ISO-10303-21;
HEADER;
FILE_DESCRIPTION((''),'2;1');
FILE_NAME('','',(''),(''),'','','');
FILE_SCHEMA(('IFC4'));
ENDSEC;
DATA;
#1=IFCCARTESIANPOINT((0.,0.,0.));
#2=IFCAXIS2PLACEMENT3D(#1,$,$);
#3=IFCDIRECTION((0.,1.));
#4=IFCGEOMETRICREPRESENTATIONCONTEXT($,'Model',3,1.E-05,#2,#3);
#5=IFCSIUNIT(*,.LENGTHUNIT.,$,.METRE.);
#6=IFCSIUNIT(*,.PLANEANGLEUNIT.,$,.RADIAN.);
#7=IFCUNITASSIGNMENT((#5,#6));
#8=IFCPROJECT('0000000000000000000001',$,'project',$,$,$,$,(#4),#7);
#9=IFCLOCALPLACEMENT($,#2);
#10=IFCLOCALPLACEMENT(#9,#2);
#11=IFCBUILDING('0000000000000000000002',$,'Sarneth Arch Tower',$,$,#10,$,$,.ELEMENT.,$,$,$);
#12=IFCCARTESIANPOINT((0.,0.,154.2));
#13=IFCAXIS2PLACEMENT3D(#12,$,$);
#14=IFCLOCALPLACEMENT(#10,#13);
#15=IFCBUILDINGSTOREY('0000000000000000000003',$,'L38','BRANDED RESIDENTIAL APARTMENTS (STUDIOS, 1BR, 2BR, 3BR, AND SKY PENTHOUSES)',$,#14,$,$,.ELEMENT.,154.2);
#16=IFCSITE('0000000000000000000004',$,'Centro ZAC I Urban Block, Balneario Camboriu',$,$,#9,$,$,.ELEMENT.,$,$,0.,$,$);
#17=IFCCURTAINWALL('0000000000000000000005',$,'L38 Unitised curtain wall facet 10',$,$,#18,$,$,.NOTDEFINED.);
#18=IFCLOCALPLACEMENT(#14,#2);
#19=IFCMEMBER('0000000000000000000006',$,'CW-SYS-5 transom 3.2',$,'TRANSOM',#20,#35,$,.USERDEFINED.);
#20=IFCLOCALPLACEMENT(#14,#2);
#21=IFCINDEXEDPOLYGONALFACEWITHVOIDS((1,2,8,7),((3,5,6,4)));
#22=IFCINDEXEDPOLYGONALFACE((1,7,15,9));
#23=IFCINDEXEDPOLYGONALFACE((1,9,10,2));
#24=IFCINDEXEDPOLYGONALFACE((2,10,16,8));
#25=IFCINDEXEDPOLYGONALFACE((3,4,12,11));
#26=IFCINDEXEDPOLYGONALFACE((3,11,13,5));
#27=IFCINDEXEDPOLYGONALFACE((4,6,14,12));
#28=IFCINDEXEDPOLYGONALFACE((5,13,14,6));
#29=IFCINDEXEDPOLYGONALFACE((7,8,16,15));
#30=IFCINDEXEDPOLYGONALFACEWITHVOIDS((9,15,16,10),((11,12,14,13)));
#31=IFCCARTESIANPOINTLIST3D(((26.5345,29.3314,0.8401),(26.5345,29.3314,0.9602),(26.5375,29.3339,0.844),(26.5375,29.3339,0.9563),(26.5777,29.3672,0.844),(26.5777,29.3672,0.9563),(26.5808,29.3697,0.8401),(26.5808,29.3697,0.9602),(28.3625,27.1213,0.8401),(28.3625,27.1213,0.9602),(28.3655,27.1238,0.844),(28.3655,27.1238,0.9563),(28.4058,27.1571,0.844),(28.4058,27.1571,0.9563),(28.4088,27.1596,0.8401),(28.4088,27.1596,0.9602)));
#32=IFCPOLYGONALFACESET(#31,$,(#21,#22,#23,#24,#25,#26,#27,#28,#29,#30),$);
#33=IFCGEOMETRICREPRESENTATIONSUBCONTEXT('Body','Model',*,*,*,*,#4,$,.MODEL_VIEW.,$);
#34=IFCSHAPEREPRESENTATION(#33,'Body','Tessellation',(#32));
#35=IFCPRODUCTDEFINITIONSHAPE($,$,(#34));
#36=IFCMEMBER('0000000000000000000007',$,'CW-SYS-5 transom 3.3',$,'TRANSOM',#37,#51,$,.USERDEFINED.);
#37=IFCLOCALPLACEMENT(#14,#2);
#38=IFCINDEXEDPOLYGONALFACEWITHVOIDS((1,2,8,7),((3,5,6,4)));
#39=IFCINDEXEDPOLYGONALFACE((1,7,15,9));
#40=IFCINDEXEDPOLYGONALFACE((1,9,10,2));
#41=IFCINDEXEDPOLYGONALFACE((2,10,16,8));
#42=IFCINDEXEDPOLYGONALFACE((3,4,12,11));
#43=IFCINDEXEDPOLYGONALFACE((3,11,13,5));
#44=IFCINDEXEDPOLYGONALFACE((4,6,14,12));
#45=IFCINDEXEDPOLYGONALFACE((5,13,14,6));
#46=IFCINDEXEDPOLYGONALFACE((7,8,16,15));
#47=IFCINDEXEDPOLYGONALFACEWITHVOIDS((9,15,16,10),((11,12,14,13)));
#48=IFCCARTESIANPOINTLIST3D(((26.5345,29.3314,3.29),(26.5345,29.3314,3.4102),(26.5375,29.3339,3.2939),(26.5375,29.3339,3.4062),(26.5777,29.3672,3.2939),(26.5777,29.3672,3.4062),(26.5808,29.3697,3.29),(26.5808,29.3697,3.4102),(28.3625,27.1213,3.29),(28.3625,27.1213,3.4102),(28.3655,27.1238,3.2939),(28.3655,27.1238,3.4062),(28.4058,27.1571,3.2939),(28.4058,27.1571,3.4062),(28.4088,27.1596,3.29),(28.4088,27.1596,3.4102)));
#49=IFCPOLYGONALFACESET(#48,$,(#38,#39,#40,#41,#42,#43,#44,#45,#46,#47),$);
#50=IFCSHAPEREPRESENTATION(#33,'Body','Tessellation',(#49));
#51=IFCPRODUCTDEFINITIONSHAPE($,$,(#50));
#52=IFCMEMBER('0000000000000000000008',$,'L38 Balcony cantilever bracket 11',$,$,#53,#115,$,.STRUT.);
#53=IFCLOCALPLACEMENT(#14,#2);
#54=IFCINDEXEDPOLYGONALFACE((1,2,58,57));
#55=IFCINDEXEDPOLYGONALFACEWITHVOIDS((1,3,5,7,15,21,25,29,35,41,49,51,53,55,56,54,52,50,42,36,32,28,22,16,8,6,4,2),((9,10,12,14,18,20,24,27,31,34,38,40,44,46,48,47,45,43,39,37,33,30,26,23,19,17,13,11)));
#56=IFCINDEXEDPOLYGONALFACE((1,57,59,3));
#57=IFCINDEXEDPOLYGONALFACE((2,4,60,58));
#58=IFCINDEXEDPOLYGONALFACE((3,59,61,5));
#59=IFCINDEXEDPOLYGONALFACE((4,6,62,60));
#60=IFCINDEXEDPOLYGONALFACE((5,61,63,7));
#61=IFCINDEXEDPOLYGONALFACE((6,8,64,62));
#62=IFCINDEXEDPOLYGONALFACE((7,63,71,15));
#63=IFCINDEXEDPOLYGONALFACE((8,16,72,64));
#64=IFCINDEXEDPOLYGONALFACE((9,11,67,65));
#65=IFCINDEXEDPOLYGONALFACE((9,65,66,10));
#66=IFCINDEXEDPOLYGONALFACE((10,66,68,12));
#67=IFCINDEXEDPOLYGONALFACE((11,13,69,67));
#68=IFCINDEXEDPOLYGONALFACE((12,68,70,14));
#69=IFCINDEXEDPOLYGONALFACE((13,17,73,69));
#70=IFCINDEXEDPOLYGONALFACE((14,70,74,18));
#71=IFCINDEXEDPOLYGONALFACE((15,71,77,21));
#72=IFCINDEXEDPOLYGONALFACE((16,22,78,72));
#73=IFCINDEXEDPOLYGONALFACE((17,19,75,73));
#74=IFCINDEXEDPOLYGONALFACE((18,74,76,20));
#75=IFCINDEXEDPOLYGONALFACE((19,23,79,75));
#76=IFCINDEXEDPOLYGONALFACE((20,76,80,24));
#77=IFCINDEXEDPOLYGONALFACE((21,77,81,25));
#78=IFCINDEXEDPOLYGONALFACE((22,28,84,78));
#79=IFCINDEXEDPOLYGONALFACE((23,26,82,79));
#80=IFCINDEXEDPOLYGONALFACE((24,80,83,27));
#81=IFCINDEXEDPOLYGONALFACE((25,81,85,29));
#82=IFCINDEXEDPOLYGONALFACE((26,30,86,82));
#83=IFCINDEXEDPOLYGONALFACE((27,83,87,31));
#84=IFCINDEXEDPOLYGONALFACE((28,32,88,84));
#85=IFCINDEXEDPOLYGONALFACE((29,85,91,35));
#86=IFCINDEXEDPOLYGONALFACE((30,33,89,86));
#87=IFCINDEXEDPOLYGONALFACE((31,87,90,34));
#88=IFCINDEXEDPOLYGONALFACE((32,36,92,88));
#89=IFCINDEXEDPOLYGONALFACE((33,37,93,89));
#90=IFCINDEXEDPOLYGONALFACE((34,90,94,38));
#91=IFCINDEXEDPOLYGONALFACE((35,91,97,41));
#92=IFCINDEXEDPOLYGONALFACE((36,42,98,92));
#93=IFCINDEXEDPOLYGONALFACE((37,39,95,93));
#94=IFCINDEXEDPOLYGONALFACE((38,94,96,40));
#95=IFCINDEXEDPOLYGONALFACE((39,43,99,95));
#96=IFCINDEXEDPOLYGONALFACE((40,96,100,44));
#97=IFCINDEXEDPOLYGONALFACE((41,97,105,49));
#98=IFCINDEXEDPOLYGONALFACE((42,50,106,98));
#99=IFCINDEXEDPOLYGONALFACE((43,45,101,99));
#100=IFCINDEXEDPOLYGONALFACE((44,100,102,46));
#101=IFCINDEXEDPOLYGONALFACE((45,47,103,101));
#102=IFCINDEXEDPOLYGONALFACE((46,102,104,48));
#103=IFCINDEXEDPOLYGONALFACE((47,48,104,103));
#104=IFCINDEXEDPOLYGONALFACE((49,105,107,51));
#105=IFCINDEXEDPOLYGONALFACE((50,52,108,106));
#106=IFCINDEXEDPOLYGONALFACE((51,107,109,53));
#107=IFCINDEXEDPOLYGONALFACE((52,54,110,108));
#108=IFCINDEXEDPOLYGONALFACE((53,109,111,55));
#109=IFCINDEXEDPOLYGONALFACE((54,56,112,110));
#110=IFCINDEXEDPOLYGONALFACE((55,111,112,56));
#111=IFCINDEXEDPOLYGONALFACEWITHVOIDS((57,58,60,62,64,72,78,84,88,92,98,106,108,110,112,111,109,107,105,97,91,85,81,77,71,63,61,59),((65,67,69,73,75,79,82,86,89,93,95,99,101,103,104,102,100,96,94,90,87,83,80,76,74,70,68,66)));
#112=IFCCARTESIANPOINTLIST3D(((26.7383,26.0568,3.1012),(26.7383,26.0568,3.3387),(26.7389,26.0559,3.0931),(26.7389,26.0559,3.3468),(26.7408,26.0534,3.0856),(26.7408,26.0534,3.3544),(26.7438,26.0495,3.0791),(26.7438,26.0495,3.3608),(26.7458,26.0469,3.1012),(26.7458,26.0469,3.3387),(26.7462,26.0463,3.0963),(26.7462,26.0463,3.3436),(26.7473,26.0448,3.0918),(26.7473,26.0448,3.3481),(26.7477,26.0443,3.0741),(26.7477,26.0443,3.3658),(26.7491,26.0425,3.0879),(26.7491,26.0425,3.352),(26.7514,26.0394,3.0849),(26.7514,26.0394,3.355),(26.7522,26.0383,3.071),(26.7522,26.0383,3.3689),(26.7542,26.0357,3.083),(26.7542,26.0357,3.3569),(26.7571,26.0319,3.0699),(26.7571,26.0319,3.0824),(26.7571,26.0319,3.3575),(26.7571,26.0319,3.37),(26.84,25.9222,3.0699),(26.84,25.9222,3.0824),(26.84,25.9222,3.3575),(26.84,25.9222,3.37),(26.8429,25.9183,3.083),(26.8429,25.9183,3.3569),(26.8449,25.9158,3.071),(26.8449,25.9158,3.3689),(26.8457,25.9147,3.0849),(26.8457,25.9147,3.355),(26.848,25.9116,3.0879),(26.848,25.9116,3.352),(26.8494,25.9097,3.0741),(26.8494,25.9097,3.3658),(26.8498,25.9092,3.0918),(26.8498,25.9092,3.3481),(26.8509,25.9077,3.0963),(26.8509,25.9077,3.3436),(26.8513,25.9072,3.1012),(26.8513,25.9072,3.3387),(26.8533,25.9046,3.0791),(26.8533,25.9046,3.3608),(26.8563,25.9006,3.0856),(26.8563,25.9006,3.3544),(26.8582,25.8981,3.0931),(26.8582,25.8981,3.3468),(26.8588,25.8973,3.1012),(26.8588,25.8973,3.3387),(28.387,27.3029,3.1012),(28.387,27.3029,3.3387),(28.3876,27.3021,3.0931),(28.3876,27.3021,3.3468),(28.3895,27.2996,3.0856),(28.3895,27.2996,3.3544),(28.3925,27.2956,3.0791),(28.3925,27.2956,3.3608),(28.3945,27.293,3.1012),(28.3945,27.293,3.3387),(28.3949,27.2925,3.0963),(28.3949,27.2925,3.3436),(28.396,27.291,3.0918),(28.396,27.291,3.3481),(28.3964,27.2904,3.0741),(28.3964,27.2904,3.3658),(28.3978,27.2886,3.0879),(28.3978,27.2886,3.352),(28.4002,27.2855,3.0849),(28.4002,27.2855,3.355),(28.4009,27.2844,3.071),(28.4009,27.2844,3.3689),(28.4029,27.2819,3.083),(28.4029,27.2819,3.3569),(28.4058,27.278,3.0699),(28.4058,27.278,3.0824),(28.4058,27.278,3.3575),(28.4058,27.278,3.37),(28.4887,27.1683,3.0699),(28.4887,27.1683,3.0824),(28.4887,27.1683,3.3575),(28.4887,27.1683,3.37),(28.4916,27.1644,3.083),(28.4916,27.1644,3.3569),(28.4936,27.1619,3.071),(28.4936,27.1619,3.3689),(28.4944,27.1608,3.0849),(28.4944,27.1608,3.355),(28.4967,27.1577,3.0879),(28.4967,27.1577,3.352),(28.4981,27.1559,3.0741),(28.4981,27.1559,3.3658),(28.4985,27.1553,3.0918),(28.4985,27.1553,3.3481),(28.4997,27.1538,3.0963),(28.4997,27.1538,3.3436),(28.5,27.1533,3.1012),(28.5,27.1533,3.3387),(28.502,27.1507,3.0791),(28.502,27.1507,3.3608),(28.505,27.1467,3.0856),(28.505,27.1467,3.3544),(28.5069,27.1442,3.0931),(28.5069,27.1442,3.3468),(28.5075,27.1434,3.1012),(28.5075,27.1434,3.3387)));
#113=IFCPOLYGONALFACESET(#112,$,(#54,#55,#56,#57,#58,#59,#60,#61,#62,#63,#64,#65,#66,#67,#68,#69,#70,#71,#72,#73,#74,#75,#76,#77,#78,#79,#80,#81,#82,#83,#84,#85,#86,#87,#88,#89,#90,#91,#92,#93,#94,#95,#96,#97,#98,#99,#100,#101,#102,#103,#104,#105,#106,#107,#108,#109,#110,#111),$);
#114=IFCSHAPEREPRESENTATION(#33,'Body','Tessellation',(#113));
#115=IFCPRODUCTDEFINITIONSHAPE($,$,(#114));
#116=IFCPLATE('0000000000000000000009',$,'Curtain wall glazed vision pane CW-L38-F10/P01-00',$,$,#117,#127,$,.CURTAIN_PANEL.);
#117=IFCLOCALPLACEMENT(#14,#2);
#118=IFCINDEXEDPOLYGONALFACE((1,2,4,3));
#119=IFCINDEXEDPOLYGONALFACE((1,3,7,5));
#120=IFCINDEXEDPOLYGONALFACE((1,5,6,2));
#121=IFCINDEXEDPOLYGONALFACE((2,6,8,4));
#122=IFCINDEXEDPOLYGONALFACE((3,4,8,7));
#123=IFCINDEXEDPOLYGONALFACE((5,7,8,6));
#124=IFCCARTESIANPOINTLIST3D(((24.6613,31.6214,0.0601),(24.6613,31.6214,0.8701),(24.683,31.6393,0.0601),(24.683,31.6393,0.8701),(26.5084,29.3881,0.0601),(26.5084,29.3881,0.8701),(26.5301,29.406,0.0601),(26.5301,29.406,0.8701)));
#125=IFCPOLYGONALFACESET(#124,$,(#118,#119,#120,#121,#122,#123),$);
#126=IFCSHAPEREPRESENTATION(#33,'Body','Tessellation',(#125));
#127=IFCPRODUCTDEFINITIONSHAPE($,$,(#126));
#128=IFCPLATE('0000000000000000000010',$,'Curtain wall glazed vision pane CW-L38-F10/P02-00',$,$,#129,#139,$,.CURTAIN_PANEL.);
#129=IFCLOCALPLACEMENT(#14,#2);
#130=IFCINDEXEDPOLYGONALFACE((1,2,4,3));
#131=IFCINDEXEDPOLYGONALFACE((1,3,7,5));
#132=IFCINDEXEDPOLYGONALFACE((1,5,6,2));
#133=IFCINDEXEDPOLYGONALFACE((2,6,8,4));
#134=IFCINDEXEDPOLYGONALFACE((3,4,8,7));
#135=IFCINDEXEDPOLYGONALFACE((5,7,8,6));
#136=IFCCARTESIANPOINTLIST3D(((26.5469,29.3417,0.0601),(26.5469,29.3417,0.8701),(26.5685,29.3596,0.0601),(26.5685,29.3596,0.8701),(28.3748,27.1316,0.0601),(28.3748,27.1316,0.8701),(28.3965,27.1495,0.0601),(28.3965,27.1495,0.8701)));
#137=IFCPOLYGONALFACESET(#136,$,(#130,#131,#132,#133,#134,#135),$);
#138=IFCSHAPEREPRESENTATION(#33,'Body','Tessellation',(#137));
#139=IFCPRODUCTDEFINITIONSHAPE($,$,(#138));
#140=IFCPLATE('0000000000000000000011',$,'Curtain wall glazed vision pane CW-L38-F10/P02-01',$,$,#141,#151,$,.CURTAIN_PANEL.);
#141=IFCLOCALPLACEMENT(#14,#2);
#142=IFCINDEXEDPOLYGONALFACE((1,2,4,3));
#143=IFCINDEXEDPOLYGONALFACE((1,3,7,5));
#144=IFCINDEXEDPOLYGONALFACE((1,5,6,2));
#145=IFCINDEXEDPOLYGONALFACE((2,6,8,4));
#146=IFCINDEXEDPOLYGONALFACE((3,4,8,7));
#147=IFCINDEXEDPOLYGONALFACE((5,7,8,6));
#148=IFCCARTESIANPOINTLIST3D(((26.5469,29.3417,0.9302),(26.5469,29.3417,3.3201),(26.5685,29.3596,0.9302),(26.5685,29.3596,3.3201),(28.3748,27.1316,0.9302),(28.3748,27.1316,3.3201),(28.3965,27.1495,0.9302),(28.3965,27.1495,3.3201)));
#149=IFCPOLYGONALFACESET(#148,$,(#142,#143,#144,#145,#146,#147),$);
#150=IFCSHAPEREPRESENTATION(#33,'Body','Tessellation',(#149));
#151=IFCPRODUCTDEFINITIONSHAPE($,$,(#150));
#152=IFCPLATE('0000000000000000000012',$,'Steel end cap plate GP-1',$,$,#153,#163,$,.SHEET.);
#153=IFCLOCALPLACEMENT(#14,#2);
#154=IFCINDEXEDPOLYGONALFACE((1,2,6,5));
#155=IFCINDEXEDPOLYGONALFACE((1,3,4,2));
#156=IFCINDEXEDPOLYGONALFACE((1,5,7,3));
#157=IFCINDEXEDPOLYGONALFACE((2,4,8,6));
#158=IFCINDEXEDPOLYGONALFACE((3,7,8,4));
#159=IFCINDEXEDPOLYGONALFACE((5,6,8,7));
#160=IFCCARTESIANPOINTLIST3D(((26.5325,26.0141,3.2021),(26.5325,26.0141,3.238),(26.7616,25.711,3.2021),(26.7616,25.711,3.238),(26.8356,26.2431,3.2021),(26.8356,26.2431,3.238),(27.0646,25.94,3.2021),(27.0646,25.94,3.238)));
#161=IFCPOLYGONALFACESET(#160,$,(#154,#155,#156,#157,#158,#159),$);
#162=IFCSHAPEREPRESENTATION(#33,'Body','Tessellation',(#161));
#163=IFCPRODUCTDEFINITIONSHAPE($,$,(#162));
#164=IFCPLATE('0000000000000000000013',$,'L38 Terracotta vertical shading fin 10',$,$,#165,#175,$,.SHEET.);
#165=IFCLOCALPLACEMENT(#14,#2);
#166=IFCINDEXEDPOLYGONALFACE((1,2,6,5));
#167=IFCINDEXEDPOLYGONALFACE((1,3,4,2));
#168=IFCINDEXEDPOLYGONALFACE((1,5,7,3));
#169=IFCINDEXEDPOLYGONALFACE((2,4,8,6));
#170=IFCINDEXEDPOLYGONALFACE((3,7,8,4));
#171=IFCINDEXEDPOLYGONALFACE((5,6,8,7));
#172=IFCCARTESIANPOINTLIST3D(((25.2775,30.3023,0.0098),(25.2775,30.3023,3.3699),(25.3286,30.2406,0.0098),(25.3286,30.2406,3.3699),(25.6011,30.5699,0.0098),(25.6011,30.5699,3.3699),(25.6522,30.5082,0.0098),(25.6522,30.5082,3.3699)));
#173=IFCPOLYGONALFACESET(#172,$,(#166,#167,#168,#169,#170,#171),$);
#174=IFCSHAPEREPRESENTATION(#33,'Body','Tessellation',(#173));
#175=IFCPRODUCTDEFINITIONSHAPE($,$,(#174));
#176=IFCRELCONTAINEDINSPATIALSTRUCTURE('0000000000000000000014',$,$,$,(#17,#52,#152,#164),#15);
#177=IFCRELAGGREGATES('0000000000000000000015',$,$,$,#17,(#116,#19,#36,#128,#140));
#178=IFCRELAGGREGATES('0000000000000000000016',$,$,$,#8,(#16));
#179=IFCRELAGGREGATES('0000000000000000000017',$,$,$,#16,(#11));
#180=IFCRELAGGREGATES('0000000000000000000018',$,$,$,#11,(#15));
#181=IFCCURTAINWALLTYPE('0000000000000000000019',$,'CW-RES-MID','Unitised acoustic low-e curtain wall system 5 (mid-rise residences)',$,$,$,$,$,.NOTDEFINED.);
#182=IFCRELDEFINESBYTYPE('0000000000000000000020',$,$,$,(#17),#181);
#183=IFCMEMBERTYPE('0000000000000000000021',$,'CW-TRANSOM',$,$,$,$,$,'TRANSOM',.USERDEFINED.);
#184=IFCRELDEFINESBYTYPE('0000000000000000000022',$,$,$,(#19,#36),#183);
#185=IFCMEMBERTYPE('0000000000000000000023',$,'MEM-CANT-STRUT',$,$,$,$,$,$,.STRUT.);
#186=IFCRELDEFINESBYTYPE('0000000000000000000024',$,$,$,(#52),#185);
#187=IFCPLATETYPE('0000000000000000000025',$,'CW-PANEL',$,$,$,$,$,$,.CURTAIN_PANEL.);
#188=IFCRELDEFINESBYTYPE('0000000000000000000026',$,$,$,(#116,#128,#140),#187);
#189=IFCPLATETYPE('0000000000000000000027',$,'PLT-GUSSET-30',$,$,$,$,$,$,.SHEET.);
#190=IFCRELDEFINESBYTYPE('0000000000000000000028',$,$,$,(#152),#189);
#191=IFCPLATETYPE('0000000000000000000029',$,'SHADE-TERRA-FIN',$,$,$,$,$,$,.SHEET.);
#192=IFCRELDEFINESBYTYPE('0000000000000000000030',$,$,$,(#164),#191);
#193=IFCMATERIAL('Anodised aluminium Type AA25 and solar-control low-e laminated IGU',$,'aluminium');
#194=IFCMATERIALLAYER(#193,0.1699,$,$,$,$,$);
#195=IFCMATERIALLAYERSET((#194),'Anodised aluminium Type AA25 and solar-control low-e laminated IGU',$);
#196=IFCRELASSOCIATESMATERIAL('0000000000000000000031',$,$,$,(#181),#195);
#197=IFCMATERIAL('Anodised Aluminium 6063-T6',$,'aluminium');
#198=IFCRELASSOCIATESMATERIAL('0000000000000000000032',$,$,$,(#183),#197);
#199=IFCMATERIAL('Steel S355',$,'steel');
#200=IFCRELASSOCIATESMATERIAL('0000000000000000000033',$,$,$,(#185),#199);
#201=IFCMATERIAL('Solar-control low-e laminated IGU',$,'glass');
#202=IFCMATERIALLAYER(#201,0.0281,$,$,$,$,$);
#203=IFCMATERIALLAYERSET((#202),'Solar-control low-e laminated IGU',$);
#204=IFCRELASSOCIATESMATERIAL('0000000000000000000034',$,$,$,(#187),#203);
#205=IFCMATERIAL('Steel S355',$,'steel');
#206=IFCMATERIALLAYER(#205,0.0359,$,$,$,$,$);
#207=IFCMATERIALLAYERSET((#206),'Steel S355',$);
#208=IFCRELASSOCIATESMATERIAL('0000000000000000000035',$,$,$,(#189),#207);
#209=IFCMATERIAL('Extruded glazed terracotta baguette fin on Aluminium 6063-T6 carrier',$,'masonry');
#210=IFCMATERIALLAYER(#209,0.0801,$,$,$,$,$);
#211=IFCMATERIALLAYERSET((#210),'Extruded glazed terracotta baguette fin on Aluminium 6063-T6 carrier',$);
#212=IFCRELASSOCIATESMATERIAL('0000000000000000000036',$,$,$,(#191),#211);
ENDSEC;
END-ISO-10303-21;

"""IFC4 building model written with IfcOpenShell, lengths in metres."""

from ifc_helpers import new_model, si_unit, direction, frame, origin, origin_2d, place, context, subcontext, project, spatial, rectangle, hollow_rectangle, extrude, material, layer, layer_set, material_profile, profile_set, type_object, element, aggregate, save


model = new_model("IFC4")

# Units and contexts
model_context = context("Model", 3, precision=1e-05, world=origin(), true_north=direction((0.0, 1.0)))
body_context = subcontext(model_context, "Body", "Model", "MODEL_VIEW")
ifc_project = project(units=[si_unit("LENGTHUNIT", "METRE"), si_unit("PLANEANGLEUNIT", "RADIAN")], contexts=[model_context])

# Site, building, storey
site_placement = place(None, origin())
site = spatial("IfcSite", under=ifc_project, at=site_placement, Name="Centro ZAC I Urban Block, Balneario Camboriu", CompositionType="ELEMENT", RefElevation=0.0)
building_placement = place(site_placement, origin())
building = spatial("IfcBuilding", under=site, at=building_placement, Name="Sarneth Arch Tower", CompositionType="ELEMENT")
storey_placement = place(building_placement, frame((0.0, 0.0, 154.2)))
storey = spatial("IfcBuildingStorey", under=building, at=storey_placement, Name="L38", Description="BRANDED RESIDENTIAL APARTMENTS (STUDIOS, 1BR, 2BR, 3BR, AND SKY PENTHOUSES)", CompositionType="ELEMENT", Elevation=154.2)

# Curtain wall, members
ifc_material_1 = material(Name="Anodised aluminium Type AA25 and solar-control low-e laminated IGU", Category="aluminium")
ifc_layer_1 = layer(ifc_material_1, 0.1699)
ifc_layer_set_1 = layer_set([ifc_layer_1], Name="Anodised aluminium Type AA25 and solar-control low-e laminated IGU")
curtain_wall_type = type_object("IfcCurtainWallType", Name="CW-RES-MID", Description="Unitised acoustic low-e curtain wall system 5 (mid-rise residences)", PredefinedType="NOTDEFINED", material=ifc_layer_set_1)
curtain_wall_placement = place(storey_placement, origin())
curtain_wall = element("IfcCurtainWall", 1, at=curtain_wall_placement, inside=storey, type_object=curtain_wall_type, Name="L38 Unitised curtain wall facet 10", PredefinedType="NOTDEFINED")
ifc_material_2 = material(Name="Anodised Aluminium 6063-T6", Category="aluminium")
ifc_material_profile_1 = material_profile(ifc_material_2, hollow_rectangle(XDim=0.0601, YDim=0.1201, WallThickness=0.0039, at=origin_2d()), Name="AL-TRAN-120x60x4")
ifc_profile_set_1 = profile_set([ifc_material_profile_1], Name="Anodised Aluminium 6063-T6")
member_type_1 = type_object("IfcMemberType", Name="CW-TRANSOM", ElementType="TRANSOM", PredefinedType="USERDEFINED", material=ifc_profile_set_1)
member_1_placement = place(storey_placement, frame((26.5576, 29.3506, 0.9001), z_axis=(0.637359, -0.770567, 0.0), x_axis=(0.770567, 0.637359, 0.0)))
member_1 = element("IfcMember", 2, at=member_1_placement, type_object=member_type_1, Name="CW-SYS-5 transom 3.2", ObjectType="TRANSOM", PredefinedType="USERDEFINED", context=body_context, shape_type="SweptSolid", body=[
    extrude(hollow_rectangle(XDim=0.0601, YDim=0.1201, WallThickness=0.0039, at=origin_2d()), origin(), (0.0, 0.0, 1.0), 2.8682),
])
member_2_placement = place(storey_placement, frame((26.5576, 29.3506, 3.3501), z_axis=(0.637359, -0.770567, 0.0), x_axis=(0.770567, 0.637359, 0.0)))
member_2 = element("IfcMember", 3, at=member_2_placement, type_object=member_type_1, Name="CW-SYS-5 transom 3.3", ObjectType="TRANSOM", PredefinedType="USERDEFINED", context=body_context, shape_type="SweptSolid", body=[
    extrude(hollow_rectangle(XDim=0.0601, YDim=0.1201, WallThickness=0.0039, at=origin_2d()), origin(), (0.0, 0.0, 1.0), 2.8682),
])

# Member
ifc_material_3 = material(Name="Steel S355", Category="steel")
ifc_material_profile_2 = material_profile(ifc_material_3, hollow_rectangle(XDim=0.2, YDim=0.3, WallThickness=0.0125, InnerFilletRadius=0.0188, OuterFilletRadius=0.0312, at=origin_2d()), Name="RHS300x200x12.5")
ifc_profile_set_2 = profile_set([ifc_material_profile_2], Name="Steel S355")
member_type_2 = type_object("IfcMemberType", Name="MEM-CANT-STRUT", PredefinedType="STRUT", material=ifc_profile_set_2)
member_3_placement = place(storey_placement, frame((28.4473, 27.2231, 3.22), z_axis=(-0.797769, -0.602963, 0.0), x_axis=(0.602963, -0.797769, 0.0)))
element("IfcMember", 4, at=member_3_placement, inside=storey, type_object=member_type_2, Name="L38 Balcony cantilever bracket 11", PredefinedType="STRUT", context=body_context, shape_type="SweptSolid", body=[
    extrude(hollow_rectangle(XDim=0.2, YDim=0.3, WallThickness=0.0125, InnerFilletRadius=0.0188, OuterFilletRadius=0.0312, at=origin_2d()), origin(), (0.0, 0.0, 1.0), 2.0667),
])

# Plates
ifc_material_4 = material(Name="Solar-control low-e laminated IGU", Category="glass")
ifc_layer_2 = layer(ifc_material_4, 0.0281)
ifc_layer_set_2 = layer_set([ifc_layer_2], Name="Solar-control low-e laminated IGU")
plate_type_1 = type_object("IfcPlateType", Name="CW-PANEL", PredefinedType="CURTAIN_PANEL", material=ifc_layer_set_2)
plate_1_placement = place(storey_placement, frame((25.5957, 30.5137, 0.0601), z_axis=(0.0, 0.0, 1.0), x_axis=(0.63733, -0.770591, 0.0)))
plate_1 = element("IfcPlate", 5, at=plate_1_placement, type_object=plate_type_1, Name="Curtain wall glazed vision pane CW-L38-F10/P01-00", PredefinedType="CURTAIN_PANEL", context=body_context, shape_type="SweptSolid", body=[
    extrude(rectangle(XDim=2.8982, YDim=0.0281, at=origin_2d()), origin(), (0.0, 0.0, 1.0), 0.8101),
])
plate_2_placement = place(storey_placement, frame((27.4717, 28.2456, 0.0601), z_axis=(0.0, 0.0, 1.0), x_axis=(0.63733, -0.770591, 0.0)))
plate_2 = element("IfcPlate", 6, at=plate_2_placement, type_object=plate_type_1, Name="Curtain wall glazed vision pane CW-L38-F10/P02-00", PredefinedType="CURTAIN_PANEL", context=body_context, shape_type="SweptSolid", body=[
    extrude(rectangle(XDim=2.8682, YDim=0.0281, at=origin_2d()), origin(), (0.0, 0.0, 1.0), 0.8101),
])
plate_3_placement = place(storey_placement, frame((27.4717, 28.2456, 0.9302), z_axis=(0.0, 0.0, 1.0), x_axis=(0.63733, -0.770591, 0.0)))
plate_3 = element("IfcPlate", 7, at=plate_3_placement, type_object=plate_type_1, Name="Curtain wall glazed vision pane CW-L38-F10/P02-01", PredefinedType="CURTAIN_PANEL", context=body_context, shape_type="SweptSolid", body=[
    extrude(rectangle(XDim=2.8682, YDim=0.0281, at=origin_2d()), origin(), (0.0, 0.0, 1.0), 2.3899),
])
aggregate(curtain_wall, [plate_1, member_1, member_2, plate_2, plate_3])

# Plates
ifc_material_5 = material(Name="Steel S355", Category="steel")
ifc_layer_3 = layer(ifc_material_5, 0.0359)
ifc_layer_set_3 = layer_set([ifc_layer_3], Name="Steel S355")
plate_type_2 = type_object("IfcPlateType", Name="PLT-GUSSET-30", PredefinedType="SHEET", material=ifc_layer_set_3)
plate_4_placement = place(storey_placement, frame((26.7986, 25.9771, 3.2021), z_axis=(0.0, 0.0, 1.0), x_axis=(-0.797794, -0.60293, 0.0)))
element("IfcPlate", 8, at=plate_4_placement, inside=storey, type_object=plate_type_2, Name="Steel end cap plate GP-1", PredefinedType="SHEET", context=body_context, shape_type="SweptSolid", body=[
    extrude(rectangle(XDim=0.3799, YDim=0.3799, at=origin_2d()), origin(), (0.0, 0.0, 1.0), 0.0359),
])
ifc_material_6 = material(Name="Extruded glazed terracotta baguette fin on Aluminium 6063-T6 carrier", Category="masonry")
ifc_layer_4 = layer(ifc_material_6, 0.0801)
ifc_layer_set_4 = layer_set([ifc_layer_4], Name="Extruded glazed terracotta baguette fin on Aluminium 6063-T6 carrier")
plate_type_3 = type_object("IfcPlateType", Name="SHADE-TERRA-FIN", PredefinedType="SHEET", material=ifc_layer_set_4)
plate_5_placement = place(storey_placement, frame((25.4648, 30.4053, 0.0098), z_axis=(0.0, 0.0, 1.0), x_axis=(-0.770624, -0.63729, 0.0)))
element("IfcPlate", 9, at=plate_5_placement, inside=storey, type_object=plate_type_3, Name="L38 Terracotta vertical shading fin 10", PredefinedType="SHEET", context=body_context, shape_type="SweptSolid", body=[
    extrude(rectangle(XDim=0.4199, YDim=0.0801, at=origin_2d()), origin(), (0.0, 0.0, 1.0), 3.3601),
])

save(model, "model.ifc")
